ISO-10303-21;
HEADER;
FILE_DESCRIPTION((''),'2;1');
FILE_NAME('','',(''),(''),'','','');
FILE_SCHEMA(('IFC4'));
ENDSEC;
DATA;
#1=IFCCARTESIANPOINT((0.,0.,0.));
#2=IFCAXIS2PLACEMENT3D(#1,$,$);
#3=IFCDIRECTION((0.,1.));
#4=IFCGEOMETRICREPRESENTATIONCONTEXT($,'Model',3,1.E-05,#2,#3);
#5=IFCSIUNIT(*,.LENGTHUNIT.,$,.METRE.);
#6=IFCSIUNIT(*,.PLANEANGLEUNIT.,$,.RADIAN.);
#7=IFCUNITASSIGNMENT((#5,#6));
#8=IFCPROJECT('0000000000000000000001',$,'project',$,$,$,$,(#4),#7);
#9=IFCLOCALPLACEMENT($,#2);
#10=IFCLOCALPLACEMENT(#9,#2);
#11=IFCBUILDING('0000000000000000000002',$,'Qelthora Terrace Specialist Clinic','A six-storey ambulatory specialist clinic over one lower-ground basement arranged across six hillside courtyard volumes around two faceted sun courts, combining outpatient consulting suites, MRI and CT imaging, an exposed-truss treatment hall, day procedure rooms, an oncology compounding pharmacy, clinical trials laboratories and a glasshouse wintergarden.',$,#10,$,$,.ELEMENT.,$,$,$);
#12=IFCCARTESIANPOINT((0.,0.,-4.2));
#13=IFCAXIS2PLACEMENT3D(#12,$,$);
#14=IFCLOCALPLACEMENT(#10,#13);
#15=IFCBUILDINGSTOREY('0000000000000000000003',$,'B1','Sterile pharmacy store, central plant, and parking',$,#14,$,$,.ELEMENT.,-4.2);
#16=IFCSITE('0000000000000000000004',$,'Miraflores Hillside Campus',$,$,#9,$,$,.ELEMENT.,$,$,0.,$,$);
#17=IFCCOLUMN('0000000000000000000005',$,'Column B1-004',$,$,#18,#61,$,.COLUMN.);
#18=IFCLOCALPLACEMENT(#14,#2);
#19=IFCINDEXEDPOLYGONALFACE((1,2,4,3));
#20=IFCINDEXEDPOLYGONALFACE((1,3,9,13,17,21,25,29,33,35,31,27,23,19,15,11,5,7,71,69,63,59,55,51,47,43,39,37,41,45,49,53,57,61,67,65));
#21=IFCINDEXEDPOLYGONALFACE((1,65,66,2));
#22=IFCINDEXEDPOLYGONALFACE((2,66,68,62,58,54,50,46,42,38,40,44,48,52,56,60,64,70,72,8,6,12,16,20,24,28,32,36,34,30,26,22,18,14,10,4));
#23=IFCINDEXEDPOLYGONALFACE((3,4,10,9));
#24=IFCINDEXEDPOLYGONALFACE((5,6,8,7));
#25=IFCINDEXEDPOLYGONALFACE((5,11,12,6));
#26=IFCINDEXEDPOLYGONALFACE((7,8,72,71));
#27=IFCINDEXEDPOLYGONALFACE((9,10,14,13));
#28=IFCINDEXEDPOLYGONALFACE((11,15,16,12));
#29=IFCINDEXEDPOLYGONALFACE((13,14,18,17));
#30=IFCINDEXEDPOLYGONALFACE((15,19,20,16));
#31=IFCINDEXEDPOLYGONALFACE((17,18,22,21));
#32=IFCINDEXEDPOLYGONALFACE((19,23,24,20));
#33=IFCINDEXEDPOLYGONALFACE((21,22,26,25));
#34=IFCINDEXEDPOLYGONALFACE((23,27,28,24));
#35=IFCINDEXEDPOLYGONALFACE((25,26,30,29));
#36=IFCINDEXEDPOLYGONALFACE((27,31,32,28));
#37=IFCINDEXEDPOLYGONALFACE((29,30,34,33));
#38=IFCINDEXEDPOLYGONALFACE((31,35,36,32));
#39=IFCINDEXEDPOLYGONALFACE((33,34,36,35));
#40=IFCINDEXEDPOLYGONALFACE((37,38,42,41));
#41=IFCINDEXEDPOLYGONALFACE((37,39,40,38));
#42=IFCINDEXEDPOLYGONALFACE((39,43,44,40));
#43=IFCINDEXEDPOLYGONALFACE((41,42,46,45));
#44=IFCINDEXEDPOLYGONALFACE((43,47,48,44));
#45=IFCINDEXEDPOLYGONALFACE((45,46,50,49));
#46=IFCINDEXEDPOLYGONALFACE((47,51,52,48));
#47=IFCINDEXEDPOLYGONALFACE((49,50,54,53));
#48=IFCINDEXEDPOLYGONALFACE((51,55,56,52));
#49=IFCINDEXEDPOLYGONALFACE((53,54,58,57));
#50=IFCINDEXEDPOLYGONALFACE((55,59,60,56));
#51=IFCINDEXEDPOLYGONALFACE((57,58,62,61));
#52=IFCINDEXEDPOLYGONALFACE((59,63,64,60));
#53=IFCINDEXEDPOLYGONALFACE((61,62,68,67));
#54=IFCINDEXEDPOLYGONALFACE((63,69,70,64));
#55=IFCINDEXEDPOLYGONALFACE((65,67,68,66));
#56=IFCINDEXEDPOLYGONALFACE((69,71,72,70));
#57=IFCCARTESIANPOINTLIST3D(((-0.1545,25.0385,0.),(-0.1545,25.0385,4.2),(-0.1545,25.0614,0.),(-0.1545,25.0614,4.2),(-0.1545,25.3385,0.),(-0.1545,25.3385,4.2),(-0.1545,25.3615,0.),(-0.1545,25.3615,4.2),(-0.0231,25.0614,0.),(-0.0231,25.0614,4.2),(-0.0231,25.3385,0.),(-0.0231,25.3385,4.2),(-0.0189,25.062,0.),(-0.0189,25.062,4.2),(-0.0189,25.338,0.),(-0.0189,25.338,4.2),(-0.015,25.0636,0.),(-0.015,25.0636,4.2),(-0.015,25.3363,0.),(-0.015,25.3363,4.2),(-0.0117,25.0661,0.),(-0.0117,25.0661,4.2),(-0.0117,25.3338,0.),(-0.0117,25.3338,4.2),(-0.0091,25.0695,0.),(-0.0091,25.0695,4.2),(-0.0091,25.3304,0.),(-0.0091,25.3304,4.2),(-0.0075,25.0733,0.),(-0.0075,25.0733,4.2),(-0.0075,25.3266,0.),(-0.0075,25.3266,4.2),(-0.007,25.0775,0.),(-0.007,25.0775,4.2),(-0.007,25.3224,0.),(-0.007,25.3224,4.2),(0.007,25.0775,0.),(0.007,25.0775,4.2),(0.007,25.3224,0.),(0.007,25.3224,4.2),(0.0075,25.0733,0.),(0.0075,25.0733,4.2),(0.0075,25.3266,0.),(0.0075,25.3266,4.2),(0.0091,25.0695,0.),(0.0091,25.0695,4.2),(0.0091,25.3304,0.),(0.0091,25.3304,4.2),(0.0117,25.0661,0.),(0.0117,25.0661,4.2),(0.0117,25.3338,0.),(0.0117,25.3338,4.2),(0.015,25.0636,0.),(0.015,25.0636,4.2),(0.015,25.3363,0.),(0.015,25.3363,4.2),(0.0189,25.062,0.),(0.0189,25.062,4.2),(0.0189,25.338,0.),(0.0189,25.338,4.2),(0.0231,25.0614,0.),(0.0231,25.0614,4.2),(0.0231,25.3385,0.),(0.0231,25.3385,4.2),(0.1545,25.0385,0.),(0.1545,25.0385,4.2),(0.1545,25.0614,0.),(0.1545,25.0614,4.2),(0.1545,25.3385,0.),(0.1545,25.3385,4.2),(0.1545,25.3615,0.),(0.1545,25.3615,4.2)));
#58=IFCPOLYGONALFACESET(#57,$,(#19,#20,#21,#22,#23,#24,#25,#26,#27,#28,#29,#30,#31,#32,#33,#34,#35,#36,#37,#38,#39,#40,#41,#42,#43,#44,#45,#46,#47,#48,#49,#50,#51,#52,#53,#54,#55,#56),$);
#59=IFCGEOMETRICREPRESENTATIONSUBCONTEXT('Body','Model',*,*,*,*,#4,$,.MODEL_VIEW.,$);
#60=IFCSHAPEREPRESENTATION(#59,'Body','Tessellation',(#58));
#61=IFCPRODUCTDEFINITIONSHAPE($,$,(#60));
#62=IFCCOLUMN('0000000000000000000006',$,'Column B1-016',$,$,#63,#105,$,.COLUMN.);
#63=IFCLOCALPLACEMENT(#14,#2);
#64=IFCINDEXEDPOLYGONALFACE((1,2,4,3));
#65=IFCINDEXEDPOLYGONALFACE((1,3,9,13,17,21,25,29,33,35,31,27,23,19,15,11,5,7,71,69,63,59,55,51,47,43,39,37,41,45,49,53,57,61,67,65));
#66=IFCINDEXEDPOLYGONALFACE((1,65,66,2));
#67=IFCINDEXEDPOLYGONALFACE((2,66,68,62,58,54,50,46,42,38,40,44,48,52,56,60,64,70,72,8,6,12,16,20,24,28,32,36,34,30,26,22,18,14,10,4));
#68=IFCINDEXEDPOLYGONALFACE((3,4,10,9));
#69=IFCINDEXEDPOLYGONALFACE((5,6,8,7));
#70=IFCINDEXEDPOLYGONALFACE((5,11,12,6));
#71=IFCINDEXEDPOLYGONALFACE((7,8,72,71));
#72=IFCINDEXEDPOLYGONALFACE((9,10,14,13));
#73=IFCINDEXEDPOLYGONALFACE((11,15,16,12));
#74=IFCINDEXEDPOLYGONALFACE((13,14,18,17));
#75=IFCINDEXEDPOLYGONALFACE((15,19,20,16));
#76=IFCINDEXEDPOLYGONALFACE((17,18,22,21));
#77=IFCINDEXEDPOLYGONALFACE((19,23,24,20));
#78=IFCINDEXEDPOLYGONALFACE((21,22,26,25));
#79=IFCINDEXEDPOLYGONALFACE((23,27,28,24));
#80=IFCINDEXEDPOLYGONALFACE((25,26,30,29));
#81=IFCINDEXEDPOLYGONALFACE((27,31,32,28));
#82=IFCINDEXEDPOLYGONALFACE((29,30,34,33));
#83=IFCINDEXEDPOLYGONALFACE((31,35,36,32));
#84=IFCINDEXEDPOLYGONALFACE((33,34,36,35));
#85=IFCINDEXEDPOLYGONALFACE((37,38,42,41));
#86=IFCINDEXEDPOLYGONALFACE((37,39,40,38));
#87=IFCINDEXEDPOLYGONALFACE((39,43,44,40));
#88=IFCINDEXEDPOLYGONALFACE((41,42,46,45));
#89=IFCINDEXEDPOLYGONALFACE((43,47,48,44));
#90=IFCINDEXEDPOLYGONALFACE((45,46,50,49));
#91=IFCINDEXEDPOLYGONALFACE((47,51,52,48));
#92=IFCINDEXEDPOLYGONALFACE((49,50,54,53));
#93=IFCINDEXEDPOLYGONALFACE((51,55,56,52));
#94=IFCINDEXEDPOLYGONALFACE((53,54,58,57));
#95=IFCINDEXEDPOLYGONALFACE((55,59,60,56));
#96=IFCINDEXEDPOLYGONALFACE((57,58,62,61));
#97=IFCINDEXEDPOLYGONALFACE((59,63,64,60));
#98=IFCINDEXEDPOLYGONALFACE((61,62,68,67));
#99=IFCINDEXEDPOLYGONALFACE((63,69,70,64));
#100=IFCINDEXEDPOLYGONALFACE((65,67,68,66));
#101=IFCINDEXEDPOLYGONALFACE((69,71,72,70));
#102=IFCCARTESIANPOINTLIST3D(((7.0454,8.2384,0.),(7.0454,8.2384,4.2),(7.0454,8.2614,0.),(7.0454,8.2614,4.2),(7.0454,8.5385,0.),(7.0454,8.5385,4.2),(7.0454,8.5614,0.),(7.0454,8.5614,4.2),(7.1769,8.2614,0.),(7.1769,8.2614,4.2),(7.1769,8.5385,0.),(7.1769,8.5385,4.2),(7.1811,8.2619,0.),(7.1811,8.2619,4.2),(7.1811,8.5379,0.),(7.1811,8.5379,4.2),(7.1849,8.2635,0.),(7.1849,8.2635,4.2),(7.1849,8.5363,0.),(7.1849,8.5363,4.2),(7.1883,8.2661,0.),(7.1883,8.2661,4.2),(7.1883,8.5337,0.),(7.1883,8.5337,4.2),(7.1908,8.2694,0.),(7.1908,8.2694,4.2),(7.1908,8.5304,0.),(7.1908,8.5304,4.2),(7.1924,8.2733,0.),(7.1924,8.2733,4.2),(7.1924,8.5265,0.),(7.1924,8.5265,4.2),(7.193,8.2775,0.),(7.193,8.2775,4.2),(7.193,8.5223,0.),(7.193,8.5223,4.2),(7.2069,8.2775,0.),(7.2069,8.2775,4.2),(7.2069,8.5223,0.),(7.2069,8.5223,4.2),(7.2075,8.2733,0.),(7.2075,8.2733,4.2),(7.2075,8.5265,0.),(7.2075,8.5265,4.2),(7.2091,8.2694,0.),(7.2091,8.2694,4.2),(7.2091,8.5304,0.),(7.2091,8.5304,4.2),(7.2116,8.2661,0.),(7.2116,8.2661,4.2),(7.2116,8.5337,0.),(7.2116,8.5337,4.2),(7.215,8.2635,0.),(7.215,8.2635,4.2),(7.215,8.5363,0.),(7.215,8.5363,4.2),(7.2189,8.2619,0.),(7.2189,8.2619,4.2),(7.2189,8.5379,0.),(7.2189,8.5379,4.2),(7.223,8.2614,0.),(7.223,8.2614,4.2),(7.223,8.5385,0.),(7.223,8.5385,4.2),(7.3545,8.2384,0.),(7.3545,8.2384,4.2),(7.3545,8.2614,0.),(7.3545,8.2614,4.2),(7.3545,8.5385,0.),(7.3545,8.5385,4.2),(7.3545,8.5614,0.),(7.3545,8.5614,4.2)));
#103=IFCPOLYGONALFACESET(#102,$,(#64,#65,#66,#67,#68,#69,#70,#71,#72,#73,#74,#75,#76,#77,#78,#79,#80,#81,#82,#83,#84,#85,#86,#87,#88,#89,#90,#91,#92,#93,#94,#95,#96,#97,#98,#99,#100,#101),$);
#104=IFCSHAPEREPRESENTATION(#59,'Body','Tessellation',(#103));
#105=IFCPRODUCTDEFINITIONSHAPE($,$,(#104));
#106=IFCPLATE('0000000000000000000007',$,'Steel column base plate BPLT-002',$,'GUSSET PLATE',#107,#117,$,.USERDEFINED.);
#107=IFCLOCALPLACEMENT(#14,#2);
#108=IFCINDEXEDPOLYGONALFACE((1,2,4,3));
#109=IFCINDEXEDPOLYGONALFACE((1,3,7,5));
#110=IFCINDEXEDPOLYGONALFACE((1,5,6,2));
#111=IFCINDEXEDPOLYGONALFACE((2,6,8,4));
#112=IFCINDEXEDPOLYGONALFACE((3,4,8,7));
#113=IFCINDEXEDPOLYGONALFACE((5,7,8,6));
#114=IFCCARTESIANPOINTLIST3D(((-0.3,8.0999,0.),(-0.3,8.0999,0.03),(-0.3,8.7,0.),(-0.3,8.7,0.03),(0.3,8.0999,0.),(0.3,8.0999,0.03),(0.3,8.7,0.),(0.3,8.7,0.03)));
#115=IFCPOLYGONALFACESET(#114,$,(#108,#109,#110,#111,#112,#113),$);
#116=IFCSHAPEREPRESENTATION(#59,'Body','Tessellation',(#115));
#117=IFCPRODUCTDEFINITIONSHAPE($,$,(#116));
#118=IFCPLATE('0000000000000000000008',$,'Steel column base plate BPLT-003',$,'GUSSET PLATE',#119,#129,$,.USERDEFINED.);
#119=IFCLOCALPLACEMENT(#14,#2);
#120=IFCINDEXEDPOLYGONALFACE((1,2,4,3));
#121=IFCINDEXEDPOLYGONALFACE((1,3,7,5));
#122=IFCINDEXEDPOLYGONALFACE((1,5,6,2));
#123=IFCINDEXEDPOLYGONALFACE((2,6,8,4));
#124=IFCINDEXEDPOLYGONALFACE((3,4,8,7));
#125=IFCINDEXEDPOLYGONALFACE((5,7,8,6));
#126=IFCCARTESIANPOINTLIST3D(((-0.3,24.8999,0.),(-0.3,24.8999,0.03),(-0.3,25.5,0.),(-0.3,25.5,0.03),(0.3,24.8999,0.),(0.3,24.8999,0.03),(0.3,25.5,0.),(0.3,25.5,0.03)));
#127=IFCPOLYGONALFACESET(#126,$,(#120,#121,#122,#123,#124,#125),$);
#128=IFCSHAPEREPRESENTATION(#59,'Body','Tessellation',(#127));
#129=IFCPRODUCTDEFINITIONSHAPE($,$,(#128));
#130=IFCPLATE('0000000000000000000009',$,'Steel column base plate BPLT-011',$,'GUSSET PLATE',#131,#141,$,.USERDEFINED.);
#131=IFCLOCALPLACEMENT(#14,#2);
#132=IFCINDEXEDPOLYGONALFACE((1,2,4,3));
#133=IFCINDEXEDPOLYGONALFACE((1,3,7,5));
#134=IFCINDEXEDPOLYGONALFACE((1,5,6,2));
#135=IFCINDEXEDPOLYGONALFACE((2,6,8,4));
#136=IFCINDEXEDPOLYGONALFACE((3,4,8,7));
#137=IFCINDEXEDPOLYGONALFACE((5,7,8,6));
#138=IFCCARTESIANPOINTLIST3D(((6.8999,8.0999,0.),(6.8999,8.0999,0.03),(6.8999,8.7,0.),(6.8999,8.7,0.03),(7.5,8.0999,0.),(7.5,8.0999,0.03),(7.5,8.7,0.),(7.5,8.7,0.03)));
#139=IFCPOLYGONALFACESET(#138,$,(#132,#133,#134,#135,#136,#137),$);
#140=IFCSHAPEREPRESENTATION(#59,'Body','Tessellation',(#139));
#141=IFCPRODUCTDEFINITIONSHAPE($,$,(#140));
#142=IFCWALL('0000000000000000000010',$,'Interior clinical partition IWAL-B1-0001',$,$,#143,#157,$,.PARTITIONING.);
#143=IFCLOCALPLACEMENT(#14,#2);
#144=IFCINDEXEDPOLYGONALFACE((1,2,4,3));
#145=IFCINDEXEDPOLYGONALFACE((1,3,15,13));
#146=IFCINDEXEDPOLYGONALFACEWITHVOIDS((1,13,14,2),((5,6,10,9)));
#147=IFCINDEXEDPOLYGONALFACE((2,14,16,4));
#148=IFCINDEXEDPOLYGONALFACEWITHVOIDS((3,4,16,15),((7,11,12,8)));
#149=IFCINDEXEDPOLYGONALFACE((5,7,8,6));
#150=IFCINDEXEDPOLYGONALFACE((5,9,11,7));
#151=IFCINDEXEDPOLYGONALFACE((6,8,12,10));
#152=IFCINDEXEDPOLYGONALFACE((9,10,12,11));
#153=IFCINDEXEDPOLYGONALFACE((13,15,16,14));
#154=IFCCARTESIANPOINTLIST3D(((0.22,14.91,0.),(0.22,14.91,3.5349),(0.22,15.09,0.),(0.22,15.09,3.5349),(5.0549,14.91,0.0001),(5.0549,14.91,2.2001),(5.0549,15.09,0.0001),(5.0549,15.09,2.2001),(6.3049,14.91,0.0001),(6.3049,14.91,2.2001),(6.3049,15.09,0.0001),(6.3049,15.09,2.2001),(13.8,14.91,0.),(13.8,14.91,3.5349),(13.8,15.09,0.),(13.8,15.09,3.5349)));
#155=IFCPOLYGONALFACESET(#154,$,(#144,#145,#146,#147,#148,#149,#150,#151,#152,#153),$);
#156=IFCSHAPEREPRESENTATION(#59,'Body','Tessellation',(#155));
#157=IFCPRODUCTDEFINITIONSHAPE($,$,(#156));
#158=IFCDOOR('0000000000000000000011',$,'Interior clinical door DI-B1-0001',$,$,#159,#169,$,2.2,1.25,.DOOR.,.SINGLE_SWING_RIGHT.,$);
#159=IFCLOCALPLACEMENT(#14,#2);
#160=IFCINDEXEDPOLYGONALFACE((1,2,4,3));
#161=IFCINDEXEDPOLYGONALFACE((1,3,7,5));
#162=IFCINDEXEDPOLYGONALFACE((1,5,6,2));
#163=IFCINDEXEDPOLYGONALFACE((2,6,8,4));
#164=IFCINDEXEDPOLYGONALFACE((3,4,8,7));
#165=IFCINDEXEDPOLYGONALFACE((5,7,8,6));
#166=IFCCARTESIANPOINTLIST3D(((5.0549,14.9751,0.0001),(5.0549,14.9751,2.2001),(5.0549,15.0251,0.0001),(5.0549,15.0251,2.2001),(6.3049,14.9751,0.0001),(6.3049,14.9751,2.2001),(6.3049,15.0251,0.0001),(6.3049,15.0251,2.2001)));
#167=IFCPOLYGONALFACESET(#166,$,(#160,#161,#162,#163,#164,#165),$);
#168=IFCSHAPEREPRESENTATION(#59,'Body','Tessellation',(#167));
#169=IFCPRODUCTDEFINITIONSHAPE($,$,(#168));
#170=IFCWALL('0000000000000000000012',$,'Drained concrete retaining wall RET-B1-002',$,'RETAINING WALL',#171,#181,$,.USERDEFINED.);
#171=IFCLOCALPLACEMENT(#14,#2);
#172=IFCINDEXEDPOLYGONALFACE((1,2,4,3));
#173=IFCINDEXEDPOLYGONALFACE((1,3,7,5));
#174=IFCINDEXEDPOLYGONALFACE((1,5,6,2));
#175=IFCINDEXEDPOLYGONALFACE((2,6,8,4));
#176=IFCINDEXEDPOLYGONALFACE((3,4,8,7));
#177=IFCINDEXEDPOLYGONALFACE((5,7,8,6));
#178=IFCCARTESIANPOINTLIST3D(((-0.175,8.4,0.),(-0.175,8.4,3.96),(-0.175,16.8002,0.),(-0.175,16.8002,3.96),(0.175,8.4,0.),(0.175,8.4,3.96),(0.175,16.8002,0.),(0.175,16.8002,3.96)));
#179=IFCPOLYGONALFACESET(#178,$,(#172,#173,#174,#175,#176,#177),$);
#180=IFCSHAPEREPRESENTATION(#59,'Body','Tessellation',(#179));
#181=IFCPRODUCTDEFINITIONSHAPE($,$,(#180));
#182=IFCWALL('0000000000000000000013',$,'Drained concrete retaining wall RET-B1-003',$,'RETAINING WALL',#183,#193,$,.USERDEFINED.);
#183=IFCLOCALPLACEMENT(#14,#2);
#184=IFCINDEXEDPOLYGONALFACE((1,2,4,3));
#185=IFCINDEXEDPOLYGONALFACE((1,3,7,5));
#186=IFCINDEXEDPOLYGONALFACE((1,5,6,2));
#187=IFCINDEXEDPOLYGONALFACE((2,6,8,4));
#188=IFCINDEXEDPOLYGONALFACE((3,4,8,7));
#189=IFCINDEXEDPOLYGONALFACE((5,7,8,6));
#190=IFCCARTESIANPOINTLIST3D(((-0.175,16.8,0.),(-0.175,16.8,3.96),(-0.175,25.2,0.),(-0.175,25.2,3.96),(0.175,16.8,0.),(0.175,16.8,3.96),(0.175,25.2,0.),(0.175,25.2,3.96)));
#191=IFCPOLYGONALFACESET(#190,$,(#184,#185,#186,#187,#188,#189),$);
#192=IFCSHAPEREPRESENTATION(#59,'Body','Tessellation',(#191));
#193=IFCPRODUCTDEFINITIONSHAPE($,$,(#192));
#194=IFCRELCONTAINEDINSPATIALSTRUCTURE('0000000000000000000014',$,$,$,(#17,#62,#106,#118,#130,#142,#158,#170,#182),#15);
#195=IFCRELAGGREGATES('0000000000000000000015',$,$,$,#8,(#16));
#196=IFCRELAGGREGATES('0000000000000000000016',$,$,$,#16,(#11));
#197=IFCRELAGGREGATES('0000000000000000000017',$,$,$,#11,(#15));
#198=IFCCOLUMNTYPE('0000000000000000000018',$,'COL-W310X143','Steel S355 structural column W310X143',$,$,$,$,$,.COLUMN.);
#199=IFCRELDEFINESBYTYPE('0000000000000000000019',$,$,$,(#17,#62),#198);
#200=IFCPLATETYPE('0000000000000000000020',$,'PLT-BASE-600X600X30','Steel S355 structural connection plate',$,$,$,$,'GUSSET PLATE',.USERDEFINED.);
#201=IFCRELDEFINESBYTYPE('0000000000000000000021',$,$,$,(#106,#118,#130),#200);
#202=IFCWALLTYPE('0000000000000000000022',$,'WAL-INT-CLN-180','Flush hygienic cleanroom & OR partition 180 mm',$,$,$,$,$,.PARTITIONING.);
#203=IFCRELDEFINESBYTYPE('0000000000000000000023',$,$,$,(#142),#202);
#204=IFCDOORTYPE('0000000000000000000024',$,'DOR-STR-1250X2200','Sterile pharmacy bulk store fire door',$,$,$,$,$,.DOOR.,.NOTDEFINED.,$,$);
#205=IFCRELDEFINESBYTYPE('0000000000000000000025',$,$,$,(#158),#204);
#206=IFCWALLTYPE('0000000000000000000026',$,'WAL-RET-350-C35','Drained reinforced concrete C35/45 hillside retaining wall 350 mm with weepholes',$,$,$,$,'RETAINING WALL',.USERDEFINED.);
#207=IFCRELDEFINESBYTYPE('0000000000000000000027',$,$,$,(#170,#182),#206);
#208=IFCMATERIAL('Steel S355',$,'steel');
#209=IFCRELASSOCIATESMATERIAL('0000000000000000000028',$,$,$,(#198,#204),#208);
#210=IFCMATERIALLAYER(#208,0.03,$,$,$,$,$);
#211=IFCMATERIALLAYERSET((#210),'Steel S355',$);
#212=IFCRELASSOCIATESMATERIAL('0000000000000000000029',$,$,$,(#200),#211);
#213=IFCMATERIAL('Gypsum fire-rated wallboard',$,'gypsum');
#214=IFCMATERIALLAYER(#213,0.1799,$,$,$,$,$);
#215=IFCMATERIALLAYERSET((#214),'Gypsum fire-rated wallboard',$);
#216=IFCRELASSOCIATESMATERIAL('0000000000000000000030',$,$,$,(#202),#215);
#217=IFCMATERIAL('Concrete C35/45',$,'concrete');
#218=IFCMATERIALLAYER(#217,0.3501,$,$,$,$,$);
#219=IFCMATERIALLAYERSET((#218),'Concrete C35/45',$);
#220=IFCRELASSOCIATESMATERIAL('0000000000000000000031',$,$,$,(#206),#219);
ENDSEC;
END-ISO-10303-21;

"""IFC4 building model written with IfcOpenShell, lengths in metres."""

from ifc_helpers import new_model, si_unit, direction, frame, frame_2d, origin, origin_2d, place, context, subcontext, project, spatial, rectangle, i_section, extrude, material, layer, layer_set, material_profile, profile_set, type_object, element, fill, save


model = new_model("IFC4")

# Units and contexts
model_context = context("Model", 3, precision=1e-05, world=origin(), true_north=direction((0.0, 1.0)))
body_context = subcontext(model_context, "Body", "Model", "MODEL_VIEW")
ifc_project = project(units=[si_unit("LENGTHUNIT", "METRE"), si_unit("PLANEANGLEUNIT", "RADIAN")], contexts=[model_context])

# Site, building, storey
site_placement = place(None, origin())
site = spatial("IfcSite", under=ifc_project, at=site_placement, Name="Miraflores Hillside Campus", CompositionType="ELEMENT", RefElevation=0.0)
building_placement = place(site_placement, origin())
building = spatial("IfcBuilding", under=site, at=building_placement, Name="Qelthora Terrace Specialist Clinic", Description="A six-storey ambulatory specialist clinic over one lower-ground basement arranged across six hillside courtyard volumes around two faceted sun courts, combining outpatient consulting suites, MRI and CT imaging, an exposed-truss treatment hall, day procedure rooms, an oncology compounding pharmacy, clinical trials laboratories and a glasshouse wintergarden.", CompositionType="ELEMENT")
storey_placement = place(building_placement, frame((0.0, 0.0, -4.2)))
storey = spatial("IfcBuildingStorey", under=building, at=storey_placement, Name="B1", Description="Sterile pharmacy store, central plant, and parking", CompositionType="ELEMENT", Elevation=-4.2)

# Shared definitions
ifc_material_1 = material(Name="Concrete C35/45", Category="concrete")

# Columns
ifc_material_2 = material(Name="Steel S355", Category="steel")
ifc_material_profile_1 = material_profile(ifc_material_2, i_section(OverallWidth=0.3091, OverallDepth=0.323, WebThickness=0.0139, FlangeThickness=0.0229, FilletRadius=0.0161, at=origin_2d()), Name="W310X143")
ifc_profile_set_1 = profile_set([ifc_material_profile_1], Name="Steel S355")
column_type_1 = type_object("IfcColumnType", Name="COL-W310X143", Description="Steel S355 structural column W310X143", PredefinedType="COLUMN", material=ifc_profile_set_1)
for number, where, z_axis, x_axis, name in (
    (1, (0.0, 25.2, 0.0), (0.0, 0.0, 1.0), (1.0, 0.0, 0.0), "Column B1-004"),
    (2, (7.2, 8.3999, 0.0), (0.0, 0.0, 1.0), (1.0, 0.0, 0.0), "Column B1-016"),
):
    element("IfcColumn", number, at=place(storey_placement, frame(where, z_axis=z_axis, x_axis=x_axis)), inside=storey, type_object=column_type_1, Name=name, PredefinedType="COLUMN", context=body_context, shape_type="SweptSolid", body=[
        extrude(i_section(OverallWidth=0.3091, OverallDepth=0.323, WebThickness=0.0139, FlangeThickness=0.0229, FilletRadius=0.0161, at=origin_2d()), origin(), (0.0, 0.0, 1.0), 4.2),
    ])

# Plates
ifc_layer_1 = layer(ifc_material_2, 0.03)
ifc_layer_set_1 = layer_set([ifc_layer_1], Name="Steel S355")
plate_type = type_object("IfcPlateType", Name="PLT-BASE-600X600X30", Description="Steel S355 structural connection plate", ElementType="GUSSET PLATE", PredefinedType="USERDEFINED", material=ifc_layer_set_1)
for number, where, z_axis, x_axis, name in (
    (3, (0.0, 8.3999, 0.0), (0.0, 0.0, 1.0), (1.0, 0.0, 0.0), "Steel column base plate BPLT-002"),
    (4, (0.0, 25.2, 0.0), (0.0, 0.0, 1.0), (1.0, 0.0, 0.0), "Steel column base plate BPLT-003"),
    (5, (7.2, 8.3999, 0.0), (0.0, 0.0, 1.0), (1.0, 0.0, 0.0), "Steel column base plate BPLT-011"),
):
    element("IfcPlate", number, at=place(storey_placement, frame(where, z_axis=z_axis, x_axis=x_axis)), inside=storey, type_object=plate_type, Name=name, ObjectType="GUSSET PLATE", PredefinedType="USERDEFINED", context=body_context, shape_type="SweptSolid", body=[
        extrude(rectangle(XDim=0.6001, YDim=0.6001, at=origin_2d()), origin(), (0.0, 0.0, 1.0), 0.03),
    ])

# Wall, opening, door
ifc_material_3 = material(Name="Gypsum fire-rated wallboard", Category="gypsum")
ifc_layer_2 = layer(ifc_material_3, 0.1799)
ifc_layer_set_2 = layer_set([ifc_layer_2], Name="Gypsum fire-rated wallboard")
wall_type_1 = type_object("IfcWallType", Name="WAL-INT-CLN-180", Description="Flush hygienic cleanroom & OR partition 180 mm", PredefinedType="PARTITIONING", material=ifc_layer_set_2)
wall_1_placement = place(storey_placement, frame((0.22, 15.0, 0.0), z_axis=(0.0, 0.0, 1.0), x_axis=(1.0, 0.0, 0.0)))
wall_1 = element("IfcWall", 6, at=wall_1_placement, inside=storey, type_object=wall_type_1, Name="Interior clinical partition IWAL-B1-0001", PredefinedType="PARTITIONING", context=body_context, shape_type="SweptSolid", body=[
    extrude(rectangle(XDim=13.5801, YDim=0.1799, at=frame_2d((6.79, 0.0))), origin(), (0.0, 0.0, 1.0), 3.5349),
])
opening_placement = place(wall_1_placement, frame((4.835, 0.0, 0.0)))
opening = element("IfcOpeningElement", 7, at=opening_placement, cuts=wall_1, PredefinedType="OPENING", context=body_context, shape_type="SweptSolid", body=[
    extrude(rectangle(XDim=1.25, YDim=2.2, at=frame_2d((0.625, 1.1001))), frame((0.0, 0.0999, 0.0), z_axis=(0.0, -1.0, 0.0), x_axis=(1.0, 0.0, 0.0)), (0.0, 0.0, 1.0), 0.2),
])
door_type = type_object("IfcDoorType", Name="DOR-STR-1250X2200", Description="Sterile pharmacy bulk store fire door", OperationType="NOTDEFINED", PredefinedType="DOOR", material=ifc_material_2)
door_placement = place(opening_placement, frame((1.25, 0.0, 0.0), z_axis=(0.0, 0.0, 1.0), x_axis=(-1.0, 0.0, 0.0)))
door = element("IfcDoor", 8, at=door_placement, inside=storey, type_object=door_type, Name="Interior clinical door DI-B1-0001", OperationType="SINGLE_SWING_RIGHT", OverallHeight=2.2, OverallWidth=1.25, PredefinedType="DOOR", context=body_context, shape_type="SweptSolid", body=[
    extrude(rectangle(XDim=1.25, YDim=2.2, at=frame_2d((0.625, 1.1001))), frame((0.0, 0.0249, 0.0), z_axis=(0.0, -1.0, 0.0), x_axis=(1.0, 0.0, 0.0)), (0.0, 0.0, 1.0), 0.05),
])
fill(opening, door)

# Walls
ifc_layer_3 = layer(ifc_material_1, 0.3501)
ifc_layer_set_3 = layer_set([ifc_layer_3], Name="Concrete C35/45")
wall_type_2 = type_object("IfcWallType", Name="WAL-RET-350-C35", Description="Drained reinforced concrete C35/45 hillside retaining wall 350 mm with weepholes", ElementType="RETAINING WALL", PredefinedType="USERDEFINED", material=ifc_layer_set_3)
wall_2_placement = place(storey_placement, frame((0.0, 8.3999, 0.0), z_axis=(0.0, 0.0, 1.0), x_axis=(0.0, 1.0, 0.0)))
element("IfcWall", 9, at=wall_2_placement, inside=storey, type_object=wall_type_2, Name="Drained concrete retaining wall RET-B1-002", ObjectType="RETAINING WALL", PredefinedType="USERDEFINED", context=body_context, shape_type="SweptSolid", body=[
    extrude(rectangle(XDim=8.4001, YDim=0.3501, at=frame_2d((4.2002, 0.0))), origin(), (0.0, 0.0, 1.0), 3.96),
])
wall_3_placement = place(storey_placement, frame((0.0, 16.8, 0.0), z_axis=(0.0, 0.0, 1.0), x_axis=(0.0, 1.0, 0.0)))
element("IfcWall", 10, at=wall_3_placement, inside=storey, type_object=wall_type_2, Name="Drained concrete retaining wall RET-B1-003", ObjectType="RETAINING WALL", PredefinedType="USERDEFINED", context=body_context, shape_type="SweptSolid", body=[
    extrude(rectangle(XDim=8.3999, YDim=0.3501, at=frame_2d((4.2, 0.0))), origin(), (0.0, 0.0, 1.0), 3.96),
])

save(model, "model.ifc")
